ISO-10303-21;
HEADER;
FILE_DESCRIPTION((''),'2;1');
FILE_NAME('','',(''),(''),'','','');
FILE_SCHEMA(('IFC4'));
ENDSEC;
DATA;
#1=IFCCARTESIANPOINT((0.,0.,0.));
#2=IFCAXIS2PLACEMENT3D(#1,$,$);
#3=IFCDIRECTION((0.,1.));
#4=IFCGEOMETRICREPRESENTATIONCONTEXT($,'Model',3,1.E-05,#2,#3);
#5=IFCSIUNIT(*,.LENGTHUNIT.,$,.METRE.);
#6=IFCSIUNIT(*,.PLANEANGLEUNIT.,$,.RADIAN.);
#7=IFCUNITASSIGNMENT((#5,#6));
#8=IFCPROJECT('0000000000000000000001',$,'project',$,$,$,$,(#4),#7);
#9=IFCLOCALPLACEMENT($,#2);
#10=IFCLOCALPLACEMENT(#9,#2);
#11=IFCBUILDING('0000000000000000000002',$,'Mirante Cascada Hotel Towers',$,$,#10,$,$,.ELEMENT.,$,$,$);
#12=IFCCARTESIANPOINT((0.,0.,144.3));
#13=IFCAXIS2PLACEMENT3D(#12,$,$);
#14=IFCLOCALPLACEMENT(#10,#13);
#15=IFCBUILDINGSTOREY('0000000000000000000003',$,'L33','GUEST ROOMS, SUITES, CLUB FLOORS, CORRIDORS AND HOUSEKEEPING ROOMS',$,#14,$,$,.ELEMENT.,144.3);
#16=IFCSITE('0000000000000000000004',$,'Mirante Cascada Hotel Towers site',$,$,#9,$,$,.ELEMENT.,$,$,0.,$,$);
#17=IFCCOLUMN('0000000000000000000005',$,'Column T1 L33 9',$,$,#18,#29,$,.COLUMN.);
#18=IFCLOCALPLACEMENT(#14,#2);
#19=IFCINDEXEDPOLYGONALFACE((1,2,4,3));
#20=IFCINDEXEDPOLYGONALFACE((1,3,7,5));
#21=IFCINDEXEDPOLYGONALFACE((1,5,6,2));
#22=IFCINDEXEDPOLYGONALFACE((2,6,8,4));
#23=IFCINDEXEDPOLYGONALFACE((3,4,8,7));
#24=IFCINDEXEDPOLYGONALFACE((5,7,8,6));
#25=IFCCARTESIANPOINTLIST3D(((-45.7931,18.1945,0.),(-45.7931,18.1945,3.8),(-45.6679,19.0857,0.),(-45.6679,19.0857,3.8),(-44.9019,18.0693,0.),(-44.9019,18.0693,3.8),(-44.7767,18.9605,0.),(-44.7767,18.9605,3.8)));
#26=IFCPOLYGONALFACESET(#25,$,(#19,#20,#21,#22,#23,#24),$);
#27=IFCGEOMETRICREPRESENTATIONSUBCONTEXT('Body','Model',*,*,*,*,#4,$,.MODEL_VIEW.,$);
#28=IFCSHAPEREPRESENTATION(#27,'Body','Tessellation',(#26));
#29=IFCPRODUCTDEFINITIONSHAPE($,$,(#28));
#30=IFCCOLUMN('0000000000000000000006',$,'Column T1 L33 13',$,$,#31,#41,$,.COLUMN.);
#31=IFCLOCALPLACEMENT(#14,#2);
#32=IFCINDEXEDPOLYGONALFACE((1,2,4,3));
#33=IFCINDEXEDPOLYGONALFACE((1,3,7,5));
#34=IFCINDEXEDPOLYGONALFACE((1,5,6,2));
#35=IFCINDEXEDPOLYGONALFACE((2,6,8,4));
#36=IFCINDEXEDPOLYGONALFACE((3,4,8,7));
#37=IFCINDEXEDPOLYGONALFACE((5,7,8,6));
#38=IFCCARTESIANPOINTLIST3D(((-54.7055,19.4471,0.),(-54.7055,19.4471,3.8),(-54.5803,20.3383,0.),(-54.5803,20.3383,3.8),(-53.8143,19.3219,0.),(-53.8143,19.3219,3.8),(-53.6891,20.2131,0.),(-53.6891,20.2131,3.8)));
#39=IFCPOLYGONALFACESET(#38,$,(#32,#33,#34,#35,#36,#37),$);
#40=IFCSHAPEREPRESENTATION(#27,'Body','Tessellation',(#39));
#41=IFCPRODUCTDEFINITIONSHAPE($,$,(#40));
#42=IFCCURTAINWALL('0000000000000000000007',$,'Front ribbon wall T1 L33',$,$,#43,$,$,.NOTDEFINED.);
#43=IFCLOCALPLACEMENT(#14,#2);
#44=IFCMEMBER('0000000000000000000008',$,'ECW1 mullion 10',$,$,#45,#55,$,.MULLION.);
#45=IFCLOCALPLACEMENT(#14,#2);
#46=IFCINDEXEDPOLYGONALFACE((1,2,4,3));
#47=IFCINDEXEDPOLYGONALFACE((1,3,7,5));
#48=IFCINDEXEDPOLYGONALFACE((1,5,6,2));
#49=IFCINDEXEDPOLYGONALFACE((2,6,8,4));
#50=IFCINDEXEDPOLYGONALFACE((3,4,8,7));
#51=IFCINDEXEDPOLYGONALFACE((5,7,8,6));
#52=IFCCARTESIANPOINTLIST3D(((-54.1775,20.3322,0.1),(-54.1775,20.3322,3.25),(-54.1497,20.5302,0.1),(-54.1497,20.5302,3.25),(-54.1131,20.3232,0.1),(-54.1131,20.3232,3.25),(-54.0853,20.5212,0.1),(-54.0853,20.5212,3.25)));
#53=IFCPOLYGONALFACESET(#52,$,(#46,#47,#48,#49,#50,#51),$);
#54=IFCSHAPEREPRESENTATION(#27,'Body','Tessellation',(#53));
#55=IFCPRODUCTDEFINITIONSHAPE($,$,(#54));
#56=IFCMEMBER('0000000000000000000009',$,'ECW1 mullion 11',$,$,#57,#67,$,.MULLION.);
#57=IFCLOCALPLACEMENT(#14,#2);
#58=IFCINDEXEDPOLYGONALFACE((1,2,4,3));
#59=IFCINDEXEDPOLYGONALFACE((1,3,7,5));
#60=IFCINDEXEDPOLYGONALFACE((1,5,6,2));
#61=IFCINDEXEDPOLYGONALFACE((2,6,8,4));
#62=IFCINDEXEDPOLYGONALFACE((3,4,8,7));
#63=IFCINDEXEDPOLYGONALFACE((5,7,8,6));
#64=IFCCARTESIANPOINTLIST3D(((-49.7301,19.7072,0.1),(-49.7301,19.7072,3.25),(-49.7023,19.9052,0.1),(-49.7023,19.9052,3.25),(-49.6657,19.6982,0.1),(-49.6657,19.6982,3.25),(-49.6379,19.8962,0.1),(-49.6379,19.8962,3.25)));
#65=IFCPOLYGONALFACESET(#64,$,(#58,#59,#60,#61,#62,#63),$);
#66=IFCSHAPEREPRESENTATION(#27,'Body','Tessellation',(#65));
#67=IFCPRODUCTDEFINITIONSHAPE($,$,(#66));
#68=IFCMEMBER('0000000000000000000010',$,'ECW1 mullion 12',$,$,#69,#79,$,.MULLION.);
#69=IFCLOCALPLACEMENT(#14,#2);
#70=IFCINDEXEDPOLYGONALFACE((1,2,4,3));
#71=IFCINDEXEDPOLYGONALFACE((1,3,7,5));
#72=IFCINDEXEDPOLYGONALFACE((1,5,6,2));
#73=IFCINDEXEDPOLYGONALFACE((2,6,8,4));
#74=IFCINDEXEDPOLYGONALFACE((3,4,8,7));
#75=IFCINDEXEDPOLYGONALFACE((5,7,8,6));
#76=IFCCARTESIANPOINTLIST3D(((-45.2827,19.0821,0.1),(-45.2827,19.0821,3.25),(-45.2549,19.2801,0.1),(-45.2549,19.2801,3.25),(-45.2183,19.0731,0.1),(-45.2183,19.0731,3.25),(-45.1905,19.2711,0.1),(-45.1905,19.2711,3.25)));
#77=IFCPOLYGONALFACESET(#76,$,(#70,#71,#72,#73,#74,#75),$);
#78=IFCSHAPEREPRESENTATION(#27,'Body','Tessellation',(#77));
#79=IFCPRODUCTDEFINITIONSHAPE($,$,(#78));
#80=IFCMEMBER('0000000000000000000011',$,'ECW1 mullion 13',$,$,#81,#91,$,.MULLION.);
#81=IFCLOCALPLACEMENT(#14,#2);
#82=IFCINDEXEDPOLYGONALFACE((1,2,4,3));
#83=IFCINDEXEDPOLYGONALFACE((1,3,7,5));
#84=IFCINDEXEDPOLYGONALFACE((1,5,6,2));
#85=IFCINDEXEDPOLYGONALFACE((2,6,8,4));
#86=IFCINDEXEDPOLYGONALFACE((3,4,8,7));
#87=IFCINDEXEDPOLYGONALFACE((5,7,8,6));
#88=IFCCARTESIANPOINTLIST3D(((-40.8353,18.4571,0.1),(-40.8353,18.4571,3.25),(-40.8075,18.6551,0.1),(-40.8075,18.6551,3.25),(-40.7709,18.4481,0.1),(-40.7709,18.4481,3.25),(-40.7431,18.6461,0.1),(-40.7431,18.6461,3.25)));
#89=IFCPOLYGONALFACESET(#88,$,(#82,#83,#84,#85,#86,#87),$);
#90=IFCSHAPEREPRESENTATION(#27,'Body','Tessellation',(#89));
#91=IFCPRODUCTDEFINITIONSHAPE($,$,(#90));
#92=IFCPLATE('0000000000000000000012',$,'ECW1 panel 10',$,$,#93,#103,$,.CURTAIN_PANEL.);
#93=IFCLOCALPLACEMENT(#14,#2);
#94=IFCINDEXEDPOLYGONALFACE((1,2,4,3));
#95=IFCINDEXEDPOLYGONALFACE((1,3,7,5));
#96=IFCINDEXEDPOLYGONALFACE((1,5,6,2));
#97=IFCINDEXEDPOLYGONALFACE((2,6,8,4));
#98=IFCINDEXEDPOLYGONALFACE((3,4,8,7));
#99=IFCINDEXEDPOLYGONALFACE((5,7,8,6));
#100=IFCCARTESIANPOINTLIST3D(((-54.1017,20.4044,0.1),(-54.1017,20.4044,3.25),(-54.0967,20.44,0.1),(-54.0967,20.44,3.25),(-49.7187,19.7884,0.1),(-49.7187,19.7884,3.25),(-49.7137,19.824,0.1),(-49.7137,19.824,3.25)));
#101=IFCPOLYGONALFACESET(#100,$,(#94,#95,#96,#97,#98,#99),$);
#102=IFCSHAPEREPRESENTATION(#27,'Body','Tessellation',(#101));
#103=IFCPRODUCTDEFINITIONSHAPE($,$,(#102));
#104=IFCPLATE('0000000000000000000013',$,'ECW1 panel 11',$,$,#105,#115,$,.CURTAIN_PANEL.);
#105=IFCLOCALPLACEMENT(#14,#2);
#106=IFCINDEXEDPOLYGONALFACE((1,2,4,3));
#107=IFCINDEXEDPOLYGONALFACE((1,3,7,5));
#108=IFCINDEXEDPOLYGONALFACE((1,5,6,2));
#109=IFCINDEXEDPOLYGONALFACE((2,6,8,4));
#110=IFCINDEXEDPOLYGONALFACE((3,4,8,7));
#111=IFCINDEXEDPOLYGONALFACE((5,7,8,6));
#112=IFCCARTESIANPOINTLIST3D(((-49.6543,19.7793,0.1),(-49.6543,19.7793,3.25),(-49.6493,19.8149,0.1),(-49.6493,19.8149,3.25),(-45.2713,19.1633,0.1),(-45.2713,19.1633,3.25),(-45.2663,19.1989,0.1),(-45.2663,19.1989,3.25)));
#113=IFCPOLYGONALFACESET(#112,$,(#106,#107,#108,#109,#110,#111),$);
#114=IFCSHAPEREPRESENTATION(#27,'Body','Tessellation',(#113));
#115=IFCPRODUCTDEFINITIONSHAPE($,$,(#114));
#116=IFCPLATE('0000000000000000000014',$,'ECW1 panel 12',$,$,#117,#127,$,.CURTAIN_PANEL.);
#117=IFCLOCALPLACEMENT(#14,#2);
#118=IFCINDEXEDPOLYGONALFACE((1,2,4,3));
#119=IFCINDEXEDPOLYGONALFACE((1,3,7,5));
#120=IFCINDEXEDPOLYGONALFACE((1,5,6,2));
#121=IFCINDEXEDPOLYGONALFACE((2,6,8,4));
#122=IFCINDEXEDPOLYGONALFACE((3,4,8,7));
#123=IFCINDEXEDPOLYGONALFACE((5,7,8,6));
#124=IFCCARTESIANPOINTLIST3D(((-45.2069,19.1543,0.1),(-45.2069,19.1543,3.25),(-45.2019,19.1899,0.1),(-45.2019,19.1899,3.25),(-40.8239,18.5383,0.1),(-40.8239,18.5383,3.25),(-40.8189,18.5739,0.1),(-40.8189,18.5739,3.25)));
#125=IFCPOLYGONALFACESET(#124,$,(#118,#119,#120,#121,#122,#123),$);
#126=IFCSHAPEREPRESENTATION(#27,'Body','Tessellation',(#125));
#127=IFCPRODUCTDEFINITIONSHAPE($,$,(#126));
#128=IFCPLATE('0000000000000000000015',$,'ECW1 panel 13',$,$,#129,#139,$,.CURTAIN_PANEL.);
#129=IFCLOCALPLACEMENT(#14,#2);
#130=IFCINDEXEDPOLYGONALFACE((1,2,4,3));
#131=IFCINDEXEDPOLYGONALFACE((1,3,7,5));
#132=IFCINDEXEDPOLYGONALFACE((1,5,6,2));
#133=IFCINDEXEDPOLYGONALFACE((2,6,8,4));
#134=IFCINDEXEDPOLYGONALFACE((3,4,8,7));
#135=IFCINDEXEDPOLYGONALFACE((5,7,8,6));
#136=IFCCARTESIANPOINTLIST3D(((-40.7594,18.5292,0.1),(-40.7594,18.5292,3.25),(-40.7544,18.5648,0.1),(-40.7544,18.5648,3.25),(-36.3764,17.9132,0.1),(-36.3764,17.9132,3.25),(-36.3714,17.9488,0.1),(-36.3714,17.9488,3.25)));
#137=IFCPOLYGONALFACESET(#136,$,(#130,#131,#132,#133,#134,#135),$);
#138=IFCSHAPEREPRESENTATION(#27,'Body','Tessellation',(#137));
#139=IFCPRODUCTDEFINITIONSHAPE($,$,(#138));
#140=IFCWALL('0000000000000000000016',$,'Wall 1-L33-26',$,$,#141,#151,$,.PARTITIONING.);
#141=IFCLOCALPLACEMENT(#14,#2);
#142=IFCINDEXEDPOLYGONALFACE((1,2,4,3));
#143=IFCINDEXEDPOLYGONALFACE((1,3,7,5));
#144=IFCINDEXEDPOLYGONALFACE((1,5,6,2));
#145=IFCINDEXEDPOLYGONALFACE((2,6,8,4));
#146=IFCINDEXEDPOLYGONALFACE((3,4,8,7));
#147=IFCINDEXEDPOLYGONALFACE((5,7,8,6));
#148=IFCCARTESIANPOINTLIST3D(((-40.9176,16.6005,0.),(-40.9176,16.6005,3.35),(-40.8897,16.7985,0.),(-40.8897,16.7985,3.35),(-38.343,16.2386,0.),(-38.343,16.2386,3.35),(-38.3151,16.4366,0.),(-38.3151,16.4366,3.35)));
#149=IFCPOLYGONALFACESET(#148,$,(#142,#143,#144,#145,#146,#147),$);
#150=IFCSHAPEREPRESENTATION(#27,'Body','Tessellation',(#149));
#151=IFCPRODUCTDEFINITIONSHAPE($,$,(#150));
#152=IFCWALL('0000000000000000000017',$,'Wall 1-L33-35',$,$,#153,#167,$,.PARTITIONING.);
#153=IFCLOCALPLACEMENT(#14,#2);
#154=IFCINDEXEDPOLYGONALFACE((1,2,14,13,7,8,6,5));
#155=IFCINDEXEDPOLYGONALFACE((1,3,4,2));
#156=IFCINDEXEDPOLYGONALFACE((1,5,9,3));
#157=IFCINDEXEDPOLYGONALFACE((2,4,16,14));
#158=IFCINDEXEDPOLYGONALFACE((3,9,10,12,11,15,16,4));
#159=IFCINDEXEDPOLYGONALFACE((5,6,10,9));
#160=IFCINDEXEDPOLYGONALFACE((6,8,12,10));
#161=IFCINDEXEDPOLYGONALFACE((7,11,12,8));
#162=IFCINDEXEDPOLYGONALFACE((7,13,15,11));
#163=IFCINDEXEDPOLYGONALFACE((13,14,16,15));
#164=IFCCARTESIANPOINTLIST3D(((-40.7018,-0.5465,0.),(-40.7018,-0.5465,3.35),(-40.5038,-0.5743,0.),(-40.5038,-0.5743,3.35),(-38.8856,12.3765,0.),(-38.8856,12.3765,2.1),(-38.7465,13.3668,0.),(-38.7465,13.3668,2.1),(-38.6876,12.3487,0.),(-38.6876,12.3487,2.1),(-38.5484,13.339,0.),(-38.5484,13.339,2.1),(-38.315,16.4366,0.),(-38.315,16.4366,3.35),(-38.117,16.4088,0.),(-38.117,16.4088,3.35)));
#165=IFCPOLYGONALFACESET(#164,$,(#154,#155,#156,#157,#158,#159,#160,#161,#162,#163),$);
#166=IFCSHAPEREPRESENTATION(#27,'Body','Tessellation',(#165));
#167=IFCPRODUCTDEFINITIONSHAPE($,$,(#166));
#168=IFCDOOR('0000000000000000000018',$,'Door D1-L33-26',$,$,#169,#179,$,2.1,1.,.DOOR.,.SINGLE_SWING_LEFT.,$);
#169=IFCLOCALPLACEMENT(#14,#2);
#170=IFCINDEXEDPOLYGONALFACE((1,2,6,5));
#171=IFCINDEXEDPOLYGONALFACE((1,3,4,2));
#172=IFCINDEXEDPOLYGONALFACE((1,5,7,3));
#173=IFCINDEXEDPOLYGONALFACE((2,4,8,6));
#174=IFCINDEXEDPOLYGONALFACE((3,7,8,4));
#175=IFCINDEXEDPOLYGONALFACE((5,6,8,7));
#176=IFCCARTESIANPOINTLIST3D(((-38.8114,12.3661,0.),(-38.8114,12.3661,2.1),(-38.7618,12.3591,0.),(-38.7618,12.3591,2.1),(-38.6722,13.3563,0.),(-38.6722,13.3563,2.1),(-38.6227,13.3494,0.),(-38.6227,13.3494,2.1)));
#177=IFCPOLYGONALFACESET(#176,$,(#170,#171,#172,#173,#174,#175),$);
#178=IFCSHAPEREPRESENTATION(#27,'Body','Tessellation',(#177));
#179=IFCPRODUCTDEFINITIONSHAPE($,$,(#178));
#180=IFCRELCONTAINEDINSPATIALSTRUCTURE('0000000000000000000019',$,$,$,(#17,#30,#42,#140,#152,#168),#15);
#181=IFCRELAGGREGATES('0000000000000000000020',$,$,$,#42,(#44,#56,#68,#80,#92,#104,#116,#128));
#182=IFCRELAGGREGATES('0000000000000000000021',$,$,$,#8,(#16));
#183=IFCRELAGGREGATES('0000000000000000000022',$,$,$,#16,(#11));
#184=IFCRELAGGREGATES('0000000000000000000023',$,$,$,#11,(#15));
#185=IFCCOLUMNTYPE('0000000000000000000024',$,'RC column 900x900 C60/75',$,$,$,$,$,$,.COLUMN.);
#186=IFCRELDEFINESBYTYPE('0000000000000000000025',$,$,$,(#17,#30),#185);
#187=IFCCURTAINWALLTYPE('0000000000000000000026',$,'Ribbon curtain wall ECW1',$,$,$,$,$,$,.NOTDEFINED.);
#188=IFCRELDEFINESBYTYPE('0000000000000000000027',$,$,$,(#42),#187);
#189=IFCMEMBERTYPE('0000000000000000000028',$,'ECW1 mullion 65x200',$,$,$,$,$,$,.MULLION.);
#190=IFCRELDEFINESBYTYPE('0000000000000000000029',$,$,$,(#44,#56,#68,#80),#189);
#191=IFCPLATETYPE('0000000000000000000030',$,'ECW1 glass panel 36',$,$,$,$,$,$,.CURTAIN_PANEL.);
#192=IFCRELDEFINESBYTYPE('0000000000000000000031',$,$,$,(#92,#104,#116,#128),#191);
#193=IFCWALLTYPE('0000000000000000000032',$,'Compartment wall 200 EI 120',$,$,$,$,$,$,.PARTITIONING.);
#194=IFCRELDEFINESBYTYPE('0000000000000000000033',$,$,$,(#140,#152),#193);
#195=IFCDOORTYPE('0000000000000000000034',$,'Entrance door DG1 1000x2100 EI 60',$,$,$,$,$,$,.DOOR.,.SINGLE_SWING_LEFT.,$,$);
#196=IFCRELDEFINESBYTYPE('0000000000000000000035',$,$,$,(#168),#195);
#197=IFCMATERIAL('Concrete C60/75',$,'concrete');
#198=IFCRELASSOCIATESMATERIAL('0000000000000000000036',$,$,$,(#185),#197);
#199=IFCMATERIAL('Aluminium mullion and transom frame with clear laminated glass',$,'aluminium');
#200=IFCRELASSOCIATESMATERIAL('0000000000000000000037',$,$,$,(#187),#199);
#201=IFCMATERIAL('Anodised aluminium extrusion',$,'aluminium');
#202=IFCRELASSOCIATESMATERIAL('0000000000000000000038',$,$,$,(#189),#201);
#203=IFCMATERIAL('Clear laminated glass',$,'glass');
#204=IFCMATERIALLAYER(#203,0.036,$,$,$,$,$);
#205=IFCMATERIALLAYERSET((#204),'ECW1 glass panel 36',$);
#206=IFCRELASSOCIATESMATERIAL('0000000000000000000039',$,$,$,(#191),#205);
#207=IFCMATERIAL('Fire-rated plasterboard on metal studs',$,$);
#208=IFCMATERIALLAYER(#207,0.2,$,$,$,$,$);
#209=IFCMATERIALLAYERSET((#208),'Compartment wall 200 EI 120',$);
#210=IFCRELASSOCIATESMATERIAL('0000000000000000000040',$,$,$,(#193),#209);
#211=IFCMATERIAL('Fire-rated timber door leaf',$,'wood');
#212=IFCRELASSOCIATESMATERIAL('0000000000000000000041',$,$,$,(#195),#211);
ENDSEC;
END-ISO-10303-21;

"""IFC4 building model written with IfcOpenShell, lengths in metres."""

from ifc_helpers import new_model, si_unit, direction, frame, frame_2d, origin, origin_2d, place, context, subcontext, project, spatial, rectangle, extrude, material, layer, layer_set, material_profile, profile_set, type_object, element, fill, aggregate, save


model = new_model("IFC4")

# Units and contexts
model_context = context("Model", 3, precision=1e-05, world=origin(), true_north=direction((0.0, 1.0)))
body_context = subcontext(model_context, "Body", "Model", "MODEL_VIEW")
ifc_project = project(units=[si_unit("LENGTHUNIT", "METRE"), si_unit("PLANEANGLEUNIT", "RADIAN")], contexts=[model_context])

# Site, building, storey
site_placement = place(None, origin())
site = spatial("IfcSite", under=ifc_project, at=site_placement, Name="Mirante Cascada Hotel Towers site", CompositionType="ELEMENT", RefElevation=0.0)
building_placement = place(site_placement, origin())
building = spatial("IfcBuilding", under=site, at=building_placement, Name="Mirante Cascada Hotel Towers", CompositionType="ELEMENT")
storey_placement = place(building_placement, frame((0.0, 0.0, 144.3)))
storey = spatial("IfcBuildingStorey", under=building, at=storey_placement, Name="L33", Description="GUEST ROOMS, SUITES, CLUB FLOORS, CORRIDORS AND HOUSEKEEPING ROOMS", CompositionType="ELEMENT", Elevation=144.3)

# Columns
ifc_material_1 = material(Name="Concrete C60/75", Category="concrete")
ifc_material_profile_1 = material_profile(ifc_material_1, rectangle(XDim=0.9, YDim=0.9, at=origin_2d()), Name="RC column 900x900 C60/75")
ifc_profile_set_1 = profile_set([ifc_material_profile_1], Name="Concrete C60/75")
column_type = type_object("IfcColumnType", Name="RC column 900x900 C60/75", PredefinedType="COLUMN", material=ifc_profile_set_1)
for number, where, z_axis, x_axis, name in (
    (1, (-45.2849, 18.5775, 0.0), (0.0, 0.0, 1.0), (-0.990268, 0.139173, 0.0), "Column T1 L33 9"),
    (2, (-54.1973, 19.8301, 0.0), (0.0, 0.0, 1.0), (-0.990268, 0.139173, 0.0), "Column T1 L33 13"),
):
    element("IfcColumn", number, at=place(storey_placement, frame(where, z_axis=z_axis, x_axis=x_axis)), inside=storey, type_object=column_type, Name=name, PredefinedType="COLUMN", context=body_context, shape_type="SweptSolid", body=[
        extrude(rectangle(XDim=0.9, YDim=0.9, at=origin_2d()), origin(), (0.0, 0.0, 1.0), 3.8),
    ])

# Curtain wall, members, plates
ifc_material_2 = material(Name="Aluminium mullion and transom frame with clear laminated glass", Category="aluminium")
curtain_wall_type = type_object("IfcCurtainWallType", Name="Ribbon curtain wall ECW1", PredefinedType="NOTDEFINED", material=ifc_material_2)
curtain_wall_placement = place(storey_placement, origin())
curtain_wall = element("IfcCurtainWall", 3, at=curtain_wall_placement, inside=storey, type_object=curtain_wall_type, Name="Front ribbon wall T1 L33", PredefinedType="NOTDEFINED")
ifc_material_3 = material(Name="Anodised aluminium extrusion", Category="aluminium")
ifc_material_profile_2 = material_profile(ifc_material_3, rectangle(XDim=0.2, YDim=0.065, at=origin_2d()), Name="ECW1 MULLION 65x200")
ifc_profile_set_2 = profile_set([ifc_material_profile_2], Name="Anodised aluminium extrusion")
member_type = type_object("IfcMemberType", Name="ECW1 mullion 65x200", PredefinedType="MULLION", material=ifc_profile_set_2)
member_1_placement = place(storey_placement, frame((-54.1314, 20.4267, 0.1), z_axis=(0.0, 0.0, 1.0), x_axis=(0.139173, 0.990268, 0.0)))
member_1 = element("IfcMember", 4, at=member_1_placement, type_object=member_type, Name="ECW1 mullion 10", PredefinedType="MULLION", context=body_context, shape_type="SweptSolid", body=[
    extrude(rectangle(XDim=0.2, YDim=0.065, at=origin_2d()), origin(), (0.0, 0.0, 1.0), 3.15),
])
member_2_placement = place(storey_placement, frame((-49.684, 19.8017, 0.1), z_axis=(0.0, 0.0, 1.0), x_axis=(0.139173, 0.990268, 0.0)))
member_2 = element("IfcMember", 5, at=member_2_placement, type_object=member_type, Name="ECW1 mullion 11", PredefinedType="MULLION", context=body_context, shape_type="SweptSolid", body=[
    extrude(rectangle(XDim=0.2, YDim=0.065, at=origin_2d()), origin(), (0.0, 0.0, 1.0), 3.15),
])
member_3_placement = place(storey_placement, frame((-45.2366, 19.1766, 0.1), z_axis=(0.0, 0.0, 1.0), x_axis=(0.139173, 0.990268, 0.0)))
member_3 = element("IfcMember", 6, at=member_3_placement, type_object=member_type, Name="ECW1 mullion 12", PredefinedType="MULLION", context=body_context, shape_type="SweptSolid", body=[
    extrude(rectangle(XDim=0.2, YDim=0.065, at=origin_2d()), origin(), (0.0, 0.0, 1.0), 3.15),
])
member_4_placement = place(storey_placement, frame((-40.7892, 18.5516, 0.1), z_axis=(0.0, 0.0, 1.0), x_axis=(0.139173, 0.990268, 0.0)))
member_4 = element("IfcMember", 7, at=member_4_placement, type_object=member_type, Name="ECW1 mullion 13", PredefinedType="MULLION", context=body_context, shape_type="SweptSolid", body=[
    extrude(rectangle(XDim=0.2, YDim=0.065, at=origin_2d()), origin(), (0.0, 0.0, 1.0), 3.15),
])
ifc_material_4 = material(Name="Clear laminated glass", Category="glass")
ifc_layer_1 = layer(ifc_material_4, 0.036)
ifc_layer_set_1 = layer_set([ifc_layer_1], Name="ECW1 glass panel 36")
plate_type = type_object("IfcPlateType", Name="ECW1 glass panel 36", PredefinedType="CURTAIN_PANEL", material=ifc_layer_set_1)
plate_1_placement = place(storey_placement, frame((-51.9077, 20.1142, 0.1), z_axis=(0.0, 0.0, 1.0), x_axis=(0.990268, -0.139173, 0.0)))
plate_1 = element("IfcPlate", 8, at=plate_1_placement, type_object=plate_type, Name="ECW1 panel 10", PredefinedType="CURTAIN_PANEL", context=body_context, shape_type="SweptSolid", body=[
    extrude(rectangle(XDim=4.4261, YDim=0.036, at=origin_2d()), origin(), (0.0, 0.0, 1.0), 3.15),
])
plate_2_placement = place(storey_placement, frame((-47.4603, 19.4891, 0.1), z_axis=(0.0, 0.0, 1.0), x_axis=(0.990268, -0.139173, 0.0)))
plate_2 = element("IfcPlate", 9, at=plate_2_placement, type_object=plate_type, Name="ECW1 panel 11", PredefinedType="CURTAIN_PANEL", context=body_context, shape_type="SweptSolid", body=[
    extrude(rectangle(XDim=4.4261, YDim=0.036, at=origin_2d()), origin(), (0.0, 0.0, 1.0), 3.15),
])
plate_3_placement = place(storey_placement, frame((-43.0129, 18.8641, 0.1), z_axis=(0.0, 0.0, 1.0), x_axis=(0.990268, -0.139173, 0.0)))
plate_3 = element("IfcPlate", 10, at=plate_3_placement, type_object=plate_type, Name="ECW1 panel 12", PredefinedType="CURTAIN_PANEL", context=body_context, shape_type="SweptSolid", body=[
    extrude(rectangle(XDim=4.4261, YDim=0.036, at=origin_2d()), origin(), (0.0, 0.0, 1.0), 3.15),
])
plate_4_placement = place(storey_placement, frame((-38.5654, 18.239, 0.1), z_axis=(0.0, 0.0, 1.0), x_axis=(0.990268, -0.139173, 0.0)))
plate_4 = element("IfcPlate", 11, at=plate_4_placement, type_object=plate_type, Name="ECW1 panel 13", PredefinedType="CURTAIN_PANEL", context=body_context, shape_type="SweptSolid", body=[
    extrude(rectangle(XDim=4.4261, YDim=0.036, at=origin_2d()), origin(), (0.0, 0.0, 1.0), 3.15),
])
aggregate(curtain_wall, [member_1, member_2, member_3, member_4, plate_1, plate_2, plate_3, plate_4])

# Wall
ifc_material_5 = material(Name="Fire-rated plasterboard on metal studs")
ifc_layer_2 = layer(ifc_material_5, 0.2)
ifc_layer_set_2 = layer_set([ifc_layer_2], Name="Compartment wall 200 EI 120")
wall_type_1 = type_object("IfcWallType", Name="Compartment wall 200 EI 120", PredefinedType="PARTITIONING", material=ifc_layer_set_2)
wall_1_placement = place(storey_placement, frame((-38.329, 16.3376, 0.0), z_axis=(0.0, 0.0, 1.0), x_axis=(-0.990265, 0.139197, 0.0)))
element("IfcWall", 12, at=wall_1_placement, inside=storey, type_object=wall_type_1, Name="Wall 1-L33-26", PredefinedType="PARTITIONING", context=body_context, shape_type="SweptSolid", body=[
    extrude(rectangle(XDim=2.5999, YDim=0.2, at=frame_2d((1.3, 0.0))), origin(), (0.0, 0.0, 1.0), 3.35),
])

# Wall, opening, door
wall_2_placement = place(storey_placement, frame((-38.216, 16.4227, 0.0), z_axis=(0.0, 0.0, 1.0), x_axis=(-0.139172, -0.990268, 0.0)))
wall_2 = element("IfcWall", 13, at=wall_2_placement, inside=storey, type_object=wall_type_1, Name="Wall 1-L33-35", PredefinedType="PARTITIONING", context=body_context, shape_type="SweptSolid", body=[
    extrude(rectangle(XDim=17.15, YDim=0.2, at=frame_2d((8.575, 0.0))), origin(), (0.0, 0.0, 1.0), 3.35),
])
opening_1_placement = place(wall_2_placement, frame((3.1, 0.0, 0.0)))
opening_1 = element("IfcOpeningElement", 14, at=opening_1_placement, cuts=wall_2, PredefinedType="OPENING", context=body_context, shape_type="SweptSolid", body=[
    extrude(rectangle(XDim=1.0, YDim=2.1, at=frame_2d((0.5, 1.05))), frame((0.0, 0.1, 0.0), z_axis=(0.0, -1.0, 0.0), x_axis=(1.0, 0.0, 0.0)), (0.0, 0.0, 1.0), 0.2),
])
ifc_material_6 = material(Name="Fire-rated timber door leaf", Category="wood")
door_type_1 = type_object("IfcDoorType", Name="Entrance door DG1 1000x2100 EI 60", OperationType="SINGLE_SWING_LEFT", PredefinedType="DOOR", material=ifc_material_6)
door_1_placement = place(opening_1_placement, origin())
door_1 = element("IfcDoor", 15, at=door_1_placement, inside=storey, type_object=door_type_1, Name="Door D1-L33-26", OperationType="SINGLE_SWING_LEFT", OverallHeight=2.1, OverallWidth=1.0, PredefinedType="DOOR", context=body_context, shape_type="SweptSolid", body=[
    extrude(rectangle(XDim=1.0, YDim=2.1, at=frame_2d((0.5, 1.05))), frame((0.0, 0.025, 0.0), z_axis=(0.0, -1.0, 0.0), x_axis=(1.0, 0.0, 0.0)), (0.0, 0.0, 1.0), 0.05),
])
fill(opening_1, door_1)

save(model, "model.ifc")
